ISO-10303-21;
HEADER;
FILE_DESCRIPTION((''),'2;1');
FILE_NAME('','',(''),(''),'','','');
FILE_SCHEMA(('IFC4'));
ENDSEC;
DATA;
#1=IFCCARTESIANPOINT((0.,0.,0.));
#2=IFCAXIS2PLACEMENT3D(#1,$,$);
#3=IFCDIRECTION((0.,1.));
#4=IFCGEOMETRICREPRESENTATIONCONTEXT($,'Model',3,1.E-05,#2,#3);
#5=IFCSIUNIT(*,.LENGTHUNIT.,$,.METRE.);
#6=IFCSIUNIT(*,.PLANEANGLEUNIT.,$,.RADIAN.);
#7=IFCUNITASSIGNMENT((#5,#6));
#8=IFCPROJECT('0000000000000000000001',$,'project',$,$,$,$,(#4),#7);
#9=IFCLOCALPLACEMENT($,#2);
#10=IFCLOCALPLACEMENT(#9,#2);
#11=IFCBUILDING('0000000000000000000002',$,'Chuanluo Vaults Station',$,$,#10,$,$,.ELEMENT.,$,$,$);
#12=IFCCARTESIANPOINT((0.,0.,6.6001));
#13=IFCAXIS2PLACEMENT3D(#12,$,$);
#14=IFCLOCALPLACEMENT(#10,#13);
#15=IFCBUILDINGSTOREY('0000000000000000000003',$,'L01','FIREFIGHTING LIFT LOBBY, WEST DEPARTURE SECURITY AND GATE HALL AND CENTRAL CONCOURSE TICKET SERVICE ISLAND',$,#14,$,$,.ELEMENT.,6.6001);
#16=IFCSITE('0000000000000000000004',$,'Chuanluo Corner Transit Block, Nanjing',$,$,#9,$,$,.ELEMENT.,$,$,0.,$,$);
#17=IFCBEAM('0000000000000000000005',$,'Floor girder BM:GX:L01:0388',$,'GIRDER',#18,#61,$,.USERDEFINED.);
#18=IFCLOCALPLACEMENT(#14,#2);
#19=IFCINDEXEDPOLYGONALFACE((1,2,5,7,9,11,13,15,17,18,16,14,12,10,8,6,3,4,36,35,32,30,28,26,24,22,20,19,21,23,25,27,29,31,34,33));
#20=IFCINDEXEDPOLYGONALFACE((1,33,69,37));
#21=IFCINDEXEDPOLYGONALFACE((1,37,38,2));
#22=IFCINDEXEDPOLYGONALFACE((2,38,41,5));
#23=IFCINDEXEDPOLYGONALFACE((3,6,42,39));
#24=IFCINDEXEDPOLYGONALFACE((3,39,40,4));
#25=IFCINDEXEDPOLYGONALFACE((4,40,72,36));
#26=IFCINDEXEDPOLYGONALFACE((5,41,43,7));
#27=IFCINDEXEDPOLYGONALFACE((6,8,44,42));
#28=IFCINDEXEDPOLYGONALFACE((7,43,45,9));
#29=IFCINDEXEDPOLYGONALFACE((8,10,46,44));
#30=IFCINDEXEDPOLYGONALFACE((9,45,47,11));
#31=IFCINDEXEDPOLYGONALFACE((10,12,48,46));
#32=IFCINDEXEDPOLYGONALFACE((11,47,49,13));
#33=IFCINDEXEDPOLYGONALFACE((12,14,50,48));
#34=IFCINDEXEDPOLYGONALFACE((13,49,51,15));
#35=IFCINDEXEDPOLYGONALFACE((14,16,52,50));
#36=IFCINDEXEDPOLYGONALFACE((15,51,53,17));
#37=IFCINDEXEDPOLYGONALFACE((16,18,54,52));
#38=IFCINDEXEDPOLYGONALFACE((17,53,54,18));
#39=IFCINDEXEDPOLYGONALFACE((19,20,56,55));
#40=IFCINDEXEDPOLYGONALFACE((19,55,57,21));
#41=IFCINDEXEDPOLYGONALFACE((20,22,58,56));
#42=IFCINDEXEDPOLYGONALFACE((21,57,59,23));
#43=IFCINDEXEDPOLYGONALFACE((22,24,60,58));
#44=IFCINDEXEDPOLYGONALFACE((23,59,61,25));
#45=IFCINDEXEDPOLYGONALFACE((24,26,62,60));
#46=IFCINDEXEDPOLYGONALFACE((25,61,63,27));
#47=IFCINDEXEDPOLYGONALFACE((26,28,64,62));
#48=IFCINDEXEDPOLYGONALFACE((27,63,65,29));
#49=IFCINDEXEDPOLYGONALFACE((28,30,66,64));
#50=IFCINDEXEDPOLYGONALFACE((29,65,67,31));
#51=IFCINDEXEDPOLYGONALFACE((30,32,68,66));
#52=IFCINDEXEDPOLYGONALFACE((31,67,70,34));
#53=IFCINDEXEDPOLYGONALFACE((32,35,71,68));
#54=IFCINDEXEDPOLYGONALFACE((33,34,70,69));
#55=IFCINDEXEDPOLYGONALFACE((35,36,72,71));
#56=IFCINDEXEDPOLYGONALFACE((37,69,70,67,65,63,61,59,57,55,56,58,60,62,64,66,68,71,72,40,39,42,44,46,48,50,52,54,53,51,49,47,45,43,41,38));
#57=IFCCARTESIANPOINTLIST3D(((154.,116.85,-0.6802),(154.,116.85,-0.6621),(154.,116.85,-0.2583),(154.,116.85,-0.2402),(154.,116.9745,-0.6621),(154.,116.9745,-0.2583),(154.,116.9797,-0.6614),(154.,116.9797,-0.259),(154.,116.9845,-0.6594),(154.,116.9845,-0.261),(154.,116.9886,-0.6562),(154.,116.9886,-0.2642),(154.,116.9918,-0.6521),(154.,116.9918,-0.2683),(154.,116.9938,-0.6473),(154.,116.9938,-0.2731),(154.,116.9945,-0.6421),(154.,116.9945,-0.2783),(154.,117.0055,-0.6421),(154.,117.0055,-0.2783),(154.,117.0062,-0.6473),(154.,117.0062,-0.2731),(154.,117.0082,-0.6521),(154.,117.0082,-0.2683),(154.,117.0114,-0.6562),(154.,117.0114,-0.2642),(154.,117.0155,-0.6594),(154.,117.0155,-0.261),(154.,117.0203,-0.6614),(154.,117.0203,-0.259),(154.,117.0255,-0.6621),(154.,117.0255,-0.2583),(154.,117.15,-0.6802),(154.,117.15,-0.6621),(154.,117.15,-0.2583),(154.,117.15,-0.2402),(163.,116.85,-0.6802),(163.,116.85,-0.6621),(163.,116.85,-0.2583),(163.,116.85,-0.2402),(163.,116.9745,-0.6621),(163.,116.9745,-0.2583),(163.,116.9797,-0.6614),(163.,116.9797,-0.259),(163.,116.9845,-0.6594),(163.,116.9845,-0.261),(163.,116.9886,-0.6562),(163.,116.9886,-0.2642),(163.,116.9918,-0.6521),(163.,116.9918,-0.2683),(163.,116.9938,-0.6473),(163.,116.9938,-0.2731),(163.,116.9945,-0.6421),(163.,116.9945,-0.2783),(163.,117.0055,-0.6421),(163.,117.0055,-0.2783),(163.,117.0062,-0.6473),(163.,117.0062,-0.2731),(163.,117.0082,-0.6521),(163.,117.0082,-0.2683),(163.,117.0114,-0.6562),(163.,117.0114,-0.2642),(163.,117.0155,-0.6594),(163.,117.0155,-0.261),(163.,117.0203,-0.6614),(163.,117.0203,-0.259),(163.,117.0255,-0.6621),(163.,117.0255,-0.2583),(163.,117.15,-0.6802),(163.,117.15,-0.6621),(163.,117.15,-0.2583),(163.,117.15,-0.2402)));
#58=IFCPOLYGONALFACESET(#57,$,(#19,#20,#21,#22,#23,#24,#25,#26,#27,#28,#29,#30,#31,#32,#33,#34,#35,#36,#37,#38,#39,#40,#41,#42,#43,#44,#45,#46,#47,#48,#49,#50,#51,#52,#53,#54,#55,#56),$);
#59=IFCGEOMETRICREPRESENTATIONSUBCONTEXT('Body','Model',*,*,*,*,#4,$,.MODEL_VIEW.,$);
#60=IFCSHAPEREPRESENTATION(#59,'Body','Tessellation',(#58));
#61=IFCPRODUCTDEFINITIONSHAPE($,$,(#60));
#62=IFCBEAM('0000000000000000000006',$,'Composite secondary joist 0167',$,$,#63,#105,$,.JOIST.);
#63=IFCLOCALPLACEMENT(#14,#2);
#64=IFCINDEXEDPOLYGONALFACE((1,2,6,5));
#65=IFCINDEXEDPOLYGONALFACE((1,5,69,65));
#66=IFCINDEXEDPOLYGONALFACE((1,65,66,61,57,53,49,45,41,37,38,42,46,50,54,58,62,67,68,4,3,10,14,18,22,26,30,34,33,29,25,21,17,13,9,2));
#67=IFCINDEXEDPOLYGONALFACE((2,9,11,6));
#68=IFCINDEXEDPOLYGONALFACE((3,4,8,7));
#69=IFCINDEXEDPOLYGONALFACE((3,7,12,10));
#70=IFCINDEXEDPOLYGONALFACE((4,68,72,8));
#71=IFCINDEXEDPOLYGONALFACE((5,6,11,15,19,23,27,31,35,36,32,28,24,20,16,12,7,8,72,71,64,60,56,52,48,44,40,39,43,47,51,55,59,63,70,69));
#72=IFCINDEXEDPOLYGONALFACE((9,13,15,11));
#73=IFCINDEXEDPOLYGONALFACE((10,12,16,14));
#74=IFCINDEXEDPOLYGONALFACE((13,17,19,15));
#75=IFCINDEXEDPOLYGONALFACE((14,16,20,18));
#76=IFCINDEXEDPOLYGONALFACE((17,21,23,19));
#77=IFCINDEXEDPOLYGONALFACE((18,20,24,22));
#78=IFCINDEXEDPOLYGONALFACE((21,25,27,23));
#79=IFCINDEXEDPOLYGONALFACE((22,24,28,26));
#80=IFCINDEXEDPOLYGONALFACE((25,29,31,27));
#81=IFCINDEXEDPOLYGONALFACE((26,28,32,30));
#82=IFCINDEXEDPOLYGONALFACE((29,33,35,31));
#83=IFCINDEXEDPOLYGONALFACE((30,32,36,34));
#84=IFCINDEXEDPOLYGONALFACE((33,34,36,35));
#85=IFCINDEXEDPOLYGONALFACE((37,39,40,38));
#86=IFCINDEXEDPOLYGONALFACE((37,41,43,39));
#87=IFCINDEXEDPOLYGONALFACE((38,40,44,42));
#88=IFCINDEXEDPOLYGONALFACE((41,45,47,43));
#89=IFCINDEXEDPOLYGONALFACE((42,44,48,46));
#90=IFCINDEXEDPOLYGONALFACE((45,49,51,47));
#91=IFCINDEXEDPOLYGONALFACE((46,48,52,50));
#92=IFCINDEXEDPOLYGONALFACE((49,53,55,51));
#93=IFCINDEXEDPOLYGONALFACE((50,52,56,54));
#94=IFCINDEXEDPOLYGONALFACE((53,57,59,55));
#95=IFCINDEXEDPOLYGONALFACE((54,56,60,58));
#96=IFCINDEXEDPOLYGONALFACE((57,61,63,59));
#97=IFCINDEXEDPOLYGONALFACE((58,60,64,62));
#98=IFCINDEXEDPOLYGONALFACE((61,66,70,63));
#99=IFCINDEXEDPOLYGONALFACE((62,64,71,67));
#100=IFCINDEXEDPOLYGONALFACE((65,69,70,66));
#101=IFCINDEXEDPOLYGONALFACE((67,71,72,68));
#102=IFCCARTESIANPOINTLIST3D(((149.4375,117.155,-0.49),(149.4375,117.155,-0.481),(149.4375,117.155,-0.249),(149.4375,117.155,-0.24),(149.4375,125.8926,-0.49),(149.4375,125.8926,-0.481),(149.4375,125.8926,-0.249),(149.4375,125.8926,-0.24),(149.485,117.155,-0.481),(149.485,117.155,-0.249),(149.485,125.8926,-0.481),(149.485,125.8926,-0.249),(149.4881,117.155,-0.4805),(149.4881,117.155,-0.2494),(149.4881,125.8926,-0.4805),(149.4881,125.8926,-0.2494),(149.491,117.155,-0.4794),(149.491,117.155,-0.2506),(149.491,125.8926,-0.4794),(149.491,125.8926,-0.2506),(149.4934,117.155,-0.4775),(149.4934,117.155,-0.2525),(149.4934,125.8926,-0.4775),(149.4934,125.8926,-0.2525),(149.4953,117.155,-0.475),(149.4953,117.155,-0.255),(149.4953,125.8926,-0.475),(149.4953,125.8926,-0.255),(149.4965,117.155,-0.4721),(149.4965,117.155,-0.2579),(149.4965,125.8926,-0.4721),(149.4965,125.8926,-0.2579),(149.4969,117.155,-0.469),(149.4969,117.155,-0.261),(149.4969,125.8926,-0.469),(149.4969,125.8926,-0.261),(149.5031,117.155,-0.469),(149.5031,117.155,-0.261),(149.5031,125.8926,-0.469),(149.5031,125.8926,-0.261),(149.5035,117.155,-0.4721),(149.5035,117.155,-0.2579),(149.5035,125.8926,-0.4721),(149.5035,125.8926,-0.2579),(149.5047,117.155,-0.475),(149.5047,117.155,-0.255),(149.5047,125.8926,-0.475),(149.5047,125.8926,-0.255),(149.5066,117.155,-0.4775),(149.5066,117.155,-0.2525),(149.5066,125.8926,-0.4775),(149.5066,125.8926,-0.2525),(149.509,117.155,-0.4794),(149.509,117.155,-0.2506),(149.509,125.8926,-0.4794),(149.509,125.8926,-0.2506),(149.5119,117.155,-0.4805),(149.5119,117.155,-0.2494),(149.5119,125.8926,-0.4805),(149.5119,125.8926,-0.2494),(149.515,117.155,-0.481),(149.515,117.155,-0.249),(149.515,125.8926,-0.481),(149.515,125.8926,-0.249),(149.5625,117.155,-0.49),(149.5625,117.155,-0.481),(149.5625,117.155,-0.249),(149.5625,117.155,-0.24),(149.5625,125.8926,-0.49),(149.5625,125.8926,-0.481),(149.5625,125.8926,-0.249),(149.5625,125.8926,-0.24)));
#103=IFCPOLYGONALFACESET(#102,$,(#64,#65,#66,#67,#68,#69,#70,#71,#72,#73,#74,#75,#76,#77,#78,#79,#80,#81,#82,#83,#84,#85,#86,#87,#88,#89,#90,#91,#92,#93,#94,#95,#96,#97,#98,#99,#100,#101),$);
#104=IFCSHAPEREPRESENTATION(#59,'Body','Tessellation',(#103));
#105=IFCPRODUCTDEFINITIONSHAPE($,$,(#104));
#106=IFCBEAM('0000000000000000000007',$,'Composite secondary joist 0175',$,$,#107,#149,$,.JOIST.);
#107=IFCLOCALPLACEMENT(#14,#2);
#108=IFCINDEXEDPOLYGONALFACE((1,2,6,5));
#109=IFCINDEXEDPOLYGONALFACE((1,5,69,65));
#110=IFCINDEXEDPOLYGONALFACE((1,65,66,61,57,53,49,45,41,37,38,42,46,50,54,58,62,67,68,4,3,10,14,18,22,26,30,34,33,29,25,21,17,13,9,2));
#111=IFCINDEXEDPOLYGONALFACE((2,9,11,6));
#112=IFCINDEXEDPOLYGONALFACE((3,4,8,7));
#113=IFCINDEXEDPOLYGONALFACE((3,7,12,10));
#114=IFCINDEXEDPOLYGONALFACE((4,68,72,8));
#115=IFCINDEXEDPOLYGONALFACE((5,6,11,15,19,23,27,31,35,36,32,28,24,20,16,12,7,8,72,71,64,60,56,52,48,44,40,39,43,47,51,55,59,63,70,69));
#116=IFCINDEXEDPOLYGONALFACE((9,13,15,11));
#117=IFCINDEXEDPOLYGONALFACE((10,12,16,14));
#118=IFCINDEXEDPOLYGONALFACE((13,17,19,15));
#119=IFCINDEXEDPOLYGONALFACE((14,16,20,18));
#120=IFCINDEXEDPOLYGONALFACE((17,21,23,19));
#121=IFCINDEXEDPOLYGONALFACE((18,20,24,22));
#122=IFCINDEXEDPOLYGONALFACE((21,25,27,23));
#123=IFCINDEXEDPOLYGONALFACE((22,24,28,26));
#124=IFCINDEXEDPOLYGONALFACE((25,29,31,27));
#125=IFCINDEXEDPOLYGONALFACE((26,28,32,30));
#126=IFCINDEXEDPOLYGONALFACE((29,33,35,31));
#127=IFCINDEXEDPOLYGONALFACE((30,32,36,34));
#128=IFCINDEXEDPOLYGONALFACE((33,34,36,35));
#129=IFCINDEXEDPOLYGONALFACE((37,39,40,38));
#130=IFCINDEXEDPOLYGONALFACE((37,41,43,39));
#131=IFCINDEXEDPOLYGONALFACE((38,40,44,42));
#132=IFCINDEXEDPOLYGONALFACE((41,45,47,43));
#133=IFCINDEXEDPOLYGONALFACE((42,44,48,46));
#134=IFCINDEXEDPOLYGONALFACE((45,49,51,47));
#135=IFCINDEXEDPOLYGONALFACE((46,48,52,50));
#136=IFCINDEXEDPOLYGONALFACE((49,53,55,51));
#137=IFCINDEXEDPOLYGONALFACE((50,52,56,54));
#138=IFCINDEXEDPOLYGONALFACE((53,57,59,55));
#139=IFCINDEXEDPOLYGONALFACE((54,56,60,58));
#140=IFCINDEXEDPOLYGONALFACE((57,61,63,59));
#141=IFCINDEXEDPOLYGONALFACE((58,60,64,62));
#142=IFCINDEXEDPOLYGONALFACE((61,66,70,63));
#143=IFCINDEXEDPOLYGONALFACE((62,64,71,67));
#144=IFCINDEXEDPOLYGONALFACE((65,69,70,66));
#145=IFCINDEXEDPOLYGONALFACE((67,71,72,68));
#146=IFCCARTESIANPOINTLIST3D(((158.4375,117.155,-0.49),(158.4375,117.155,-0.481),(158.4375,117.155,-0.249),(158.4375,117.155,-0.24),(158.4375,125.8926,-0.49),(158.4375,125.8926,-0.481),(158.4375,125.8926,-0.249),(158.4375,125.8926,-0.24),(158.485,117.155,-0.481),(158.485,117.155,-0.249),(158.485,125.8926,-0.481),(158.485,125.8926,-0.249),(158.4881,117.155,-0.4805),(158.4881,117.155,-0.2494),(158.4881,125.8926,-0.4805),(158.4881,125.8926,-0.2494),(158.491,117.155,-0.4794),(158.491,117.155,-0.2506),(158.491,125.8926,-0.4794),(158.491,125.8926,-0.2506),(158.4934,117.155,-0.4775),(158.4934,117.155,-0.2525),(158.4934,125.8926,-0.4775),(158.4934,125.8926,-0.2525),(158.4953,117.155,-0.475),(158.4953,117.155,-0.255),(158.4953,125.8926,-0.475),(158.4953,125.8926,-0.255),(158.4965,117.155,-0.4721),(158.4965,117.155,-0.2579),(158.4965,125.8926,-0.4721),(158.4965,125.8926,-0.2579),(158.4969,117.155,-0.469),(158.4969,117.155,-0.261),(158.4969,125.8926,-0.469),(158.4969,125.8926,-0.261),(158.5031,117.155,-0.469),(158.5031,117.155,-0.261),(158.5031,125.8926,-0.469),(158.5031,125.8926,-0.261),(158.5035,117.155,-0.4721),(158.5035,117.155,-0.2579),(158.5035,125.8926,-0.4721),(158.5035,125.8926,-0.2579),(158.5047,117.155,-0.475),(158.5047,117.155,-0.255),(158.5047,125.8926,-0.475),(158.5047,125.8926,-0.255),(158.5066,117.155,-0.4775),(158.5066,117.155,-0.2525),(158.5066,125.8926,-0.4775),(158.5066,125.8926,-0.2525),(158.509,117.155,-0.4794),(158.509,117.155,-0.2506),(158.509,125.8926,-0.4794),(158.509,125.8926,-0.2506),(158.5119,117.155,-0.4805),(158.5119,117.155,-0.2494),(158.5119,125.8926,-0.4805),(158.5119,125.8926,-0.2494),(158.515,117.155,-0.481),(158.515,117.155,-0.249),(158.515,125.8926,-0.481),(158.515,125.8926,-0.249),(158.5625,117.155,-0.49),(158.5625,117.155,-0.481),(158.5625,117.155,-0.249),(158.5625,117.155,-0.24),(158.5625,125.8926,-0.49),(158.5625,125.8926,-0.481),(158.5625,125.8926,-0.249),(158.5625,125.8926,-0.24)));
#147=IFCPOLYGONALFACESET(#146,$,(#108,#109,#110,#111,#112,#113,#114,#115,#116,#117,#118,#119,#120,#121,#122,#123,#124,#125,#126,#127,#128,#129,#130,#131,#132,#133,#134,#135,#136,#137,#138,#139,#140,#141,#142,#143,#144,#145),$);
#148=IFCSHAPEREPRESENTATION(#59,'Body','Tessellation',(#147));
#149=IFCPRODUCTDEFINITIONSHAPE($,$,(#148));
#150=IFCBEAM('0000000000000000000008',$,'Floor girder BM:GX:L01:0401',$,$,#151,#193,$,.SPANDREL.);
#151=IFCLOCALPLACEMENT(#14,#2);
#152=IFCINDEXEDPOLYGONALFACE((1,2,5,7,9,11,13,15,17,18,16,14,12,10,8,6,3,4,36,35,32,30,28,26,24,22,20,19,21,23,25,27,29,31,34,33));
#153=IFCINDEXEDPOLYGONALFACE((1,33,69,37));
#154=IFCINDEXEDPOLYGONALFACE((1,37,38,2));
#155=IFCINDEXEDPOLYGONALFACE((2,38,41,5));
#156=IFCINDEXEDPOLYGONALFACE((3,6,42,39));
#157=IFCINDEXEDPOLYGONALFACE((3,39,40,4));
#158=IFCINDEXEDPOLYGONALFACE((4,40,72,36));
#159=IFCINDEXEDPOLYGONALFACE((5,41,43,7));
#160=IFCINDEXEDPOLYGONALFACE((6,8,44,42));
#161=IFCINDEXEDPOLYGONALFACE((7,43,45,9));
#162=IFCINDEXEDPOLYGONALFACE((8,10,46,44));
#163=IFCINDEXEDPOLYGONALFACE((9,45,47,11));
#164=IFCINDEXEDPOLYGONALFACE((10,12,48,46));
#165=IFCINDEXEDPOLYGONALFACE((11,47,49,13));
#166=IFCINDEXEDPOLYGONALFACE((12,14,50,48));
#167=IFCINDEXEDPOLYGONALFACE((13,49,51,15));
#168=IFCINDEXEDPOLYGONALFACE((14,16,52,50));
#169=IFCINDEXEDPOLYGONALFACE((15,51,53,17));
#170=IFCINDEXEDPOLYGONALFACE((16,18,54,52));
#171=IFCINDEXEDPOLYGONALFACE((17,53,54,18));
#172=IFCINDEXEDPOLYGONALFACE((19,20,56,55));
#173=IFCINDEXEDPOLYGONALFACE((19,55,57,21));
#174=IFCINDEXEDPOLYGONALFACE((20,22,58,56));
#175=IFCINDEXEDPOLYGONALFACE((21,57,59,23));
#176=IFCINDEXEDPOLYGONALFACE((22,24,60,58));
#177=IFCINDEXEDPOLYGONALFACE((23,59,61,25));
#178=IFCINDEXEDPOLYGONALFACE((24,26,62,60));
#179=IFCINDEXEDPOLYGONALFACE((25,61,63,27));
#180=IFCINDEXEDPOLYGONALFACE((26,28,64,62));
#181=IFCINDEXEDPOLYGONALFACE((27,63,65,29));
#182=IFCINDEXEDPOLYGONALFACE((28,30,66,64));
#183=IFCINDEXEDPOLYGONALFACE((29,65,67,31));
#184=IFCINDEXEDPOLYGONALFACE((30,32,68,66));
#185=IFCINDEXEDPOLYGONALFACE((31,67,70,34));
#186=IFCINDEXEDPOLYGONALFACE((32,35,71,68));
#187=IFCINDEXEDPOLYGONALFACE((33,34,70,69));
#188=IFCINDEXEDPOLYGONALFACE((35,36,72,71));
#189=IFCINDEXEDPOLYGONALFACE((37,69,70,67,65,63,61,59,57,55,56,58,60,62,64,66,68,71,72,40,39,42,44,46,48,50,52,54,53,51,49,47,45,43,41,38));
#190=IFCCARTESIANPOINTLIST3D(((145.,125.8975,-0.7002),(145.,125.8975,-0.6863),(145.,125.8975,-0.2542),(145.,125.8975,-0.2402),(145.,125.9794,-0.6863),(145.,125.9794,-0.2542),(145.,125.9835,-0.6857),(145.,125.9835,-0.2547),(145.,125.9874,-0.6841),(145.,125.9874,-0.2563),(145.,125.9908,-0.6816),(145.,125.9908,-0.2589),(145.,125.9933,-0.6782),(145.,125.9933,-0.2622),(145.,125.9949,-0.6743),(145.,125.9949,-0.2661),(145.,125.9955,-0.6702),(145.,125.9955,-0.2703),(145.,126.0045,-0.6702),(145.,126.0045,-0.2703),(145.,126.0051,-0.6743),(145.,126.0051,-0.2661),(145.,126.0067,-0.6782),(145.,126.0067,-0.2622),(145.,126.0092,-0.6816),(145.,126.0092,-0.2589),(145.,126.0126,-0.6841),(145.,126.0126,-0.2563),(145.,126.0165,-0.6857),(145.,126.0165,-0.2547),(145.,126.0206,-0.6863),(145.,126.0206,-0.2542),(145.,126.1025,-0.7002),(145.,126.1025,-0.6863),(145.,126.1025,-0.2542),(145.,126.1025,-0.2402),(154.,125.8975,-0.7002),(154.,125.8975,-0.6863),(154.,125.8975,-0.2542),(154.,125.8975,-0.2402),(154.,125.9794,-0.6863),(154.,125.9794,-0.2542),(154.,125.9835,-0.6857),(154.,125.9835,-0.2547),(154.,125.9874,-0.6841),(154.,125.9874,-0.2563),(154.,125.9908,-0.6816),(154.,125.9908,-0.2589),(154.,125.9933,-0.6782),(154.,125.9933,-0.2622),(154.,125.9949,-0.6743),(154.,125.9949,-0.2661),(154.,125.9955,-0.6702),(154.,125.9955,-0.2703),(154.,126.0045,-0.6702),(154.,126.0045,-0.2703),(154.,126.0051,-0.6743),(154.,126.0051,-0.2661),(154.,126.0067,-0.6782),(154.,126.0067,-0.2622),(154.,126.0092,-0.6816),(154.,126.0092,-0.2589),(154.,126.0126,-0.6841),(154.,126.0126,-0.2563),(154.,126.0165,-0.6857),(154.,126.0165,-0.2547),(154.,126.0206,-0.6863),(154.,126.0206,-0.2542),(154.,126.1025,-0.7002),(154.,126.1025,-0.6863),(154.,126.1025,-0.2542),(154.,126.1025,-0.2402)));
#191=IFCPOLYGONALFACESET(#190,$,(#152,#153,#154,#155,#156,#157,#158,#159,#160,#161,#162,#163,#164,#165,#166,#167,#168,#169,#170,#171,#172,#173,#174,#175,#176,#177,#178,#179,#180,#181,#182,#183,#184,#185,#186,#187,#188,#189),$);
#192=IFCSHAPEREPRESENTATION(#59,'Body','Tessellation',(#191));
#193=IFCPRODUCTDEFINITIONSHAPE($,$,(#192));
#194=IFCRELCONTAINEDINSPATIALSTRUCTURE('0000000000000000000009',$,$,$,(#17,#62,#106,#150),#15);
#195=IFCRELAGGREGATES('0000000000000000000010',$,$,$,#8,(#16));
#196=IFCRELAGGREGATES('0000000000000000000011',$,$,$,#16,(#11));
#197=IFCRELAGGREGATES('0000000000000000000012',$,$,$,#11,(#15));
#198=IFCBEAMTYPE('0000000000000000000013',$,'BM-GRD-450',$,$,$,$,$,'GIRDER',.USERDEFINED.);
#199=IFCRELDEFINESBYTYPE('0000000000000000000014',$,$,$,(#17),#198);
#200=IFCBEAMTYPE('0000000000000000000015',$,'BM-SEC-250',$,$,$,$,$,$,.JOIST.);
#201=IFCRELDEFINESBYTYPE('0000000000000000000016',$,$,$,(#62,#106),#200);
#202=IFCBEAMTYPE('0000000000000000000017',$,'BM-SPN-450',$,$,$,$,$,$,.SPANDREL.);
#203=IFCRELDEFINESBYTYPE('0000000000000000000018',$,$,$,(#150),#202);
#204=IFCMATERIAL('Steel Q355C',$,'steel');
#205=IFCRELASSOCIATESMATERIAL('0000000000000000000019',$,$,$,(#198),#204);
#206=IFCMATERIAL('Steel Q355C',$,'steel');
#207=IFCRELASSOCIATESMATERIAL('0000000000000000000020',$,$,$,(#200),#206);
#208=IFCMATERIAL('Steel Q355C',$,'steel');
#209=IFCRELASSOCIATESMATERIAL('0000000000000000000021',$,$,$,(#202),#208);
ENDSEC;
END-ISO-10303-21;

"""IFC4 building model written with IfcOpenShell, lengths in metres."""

from ifc_helpers import new_model, si_unit, direction, frame, origin, origin_2d, place, context, subcontext, project, spatial, i_section, extrude, material, material_profile, profile_set, type_object, element, save


model = new_model("IFC4")

# Units and contexts
model_context = context("Model", 3, precision=1e-05, world=origin(), true_north=direction((0.0, 1.0)))
body_context = subcontext(model_context, "Body", "Model", "MODEL_VIEW")
ifc_project = project(units=[si_unit("LENGTHUNIT", "METRE"), si_unit("PLANEANGLEUNIT", "RADIAN")], contexts=[model_context])

# Site, building, storey
site_placement = place(None, origin())
site = spatial("IfcSite", under=ifc_project, at=site_placement, Name="Chuanluo Corner Transit Block, Nanjing", CompositionType="ELEMENT", RefElevation=0.0)
building_placement = place(site_placement, origin())
building = spatial("IfcBuilding", under=site, at=building_placement, Name="Chuanluo Vaults Station", CompositionType="ELEMENT")
storey_placement = place(building_placement, frame((0.0, 0.0, 6.6001)))
storey = spatial("IfcBuildingStorey", under=building, at=storey_placement, Name="L01", Description="FIREFIGHTING LIFT LOBBY, WEST DEPARTURE SECURITY AND GATE HALL AND CENTRAL CONCOURSE TICKET SERVICE ISLAND", CompositionType="ELEMENT", Elevation=6.6001)

# Beams
ifc_material_1 = material(Name="Steel Q355C", Category="steel")
ifc_material_profile_1 = material_profile(ifc_material_1, i_section(OverallWidth=0.3, OverallDepth=0.4399, WebThickness=0.011, FlangeThickness=0.0181, FilletRadius=0.02, at=origin_2d()))
ifc_profile_set_1 = profile_set([ifc_material_profile_1], Name="Steel Q355C")
beam_type_1 = type_object("IfcBeamType", Name="BM-GRD-450", ElementType="GIRDER", PredefinedType="USERDEFINED", material=ifc_profile_set_1)
for number, where, z_axis, x_axis, name in (
    (1, (154.0, 117.0, -0.4602), (1.0, 0.0, 0.0), (0.0, 1.0, 0.0), "Floor girder BM:GX:L01:0388"),
):
    element("IfcBeam", number, at=place(storey_placement, frame(where, z_axis=z_axis, x_axis=x_axis)), inside=storey, type_object=beam_type_1, Name=name, ObjectType="GIRDER", PredefinedType="USERDEFINED", context=body_context, shape_type="SweptSolid", body=[
        extrude(i_section(OverallWidth=0.3, OverallDepth=0.4399, WebThickness=0.011, FlangeThickness=0.0181, FilletRadius=0.02, at=origin_2d()), origin(), (0.0, 0.0, 1.0), 9.0),
    ])
ifc_material_2 = material(Name="Steel Q355C", Category="steel")
ifc_material_profile_2 = material_profile(ifc_material_2, i_section(OverallWidth=0.125, OverallDepth=0.25, WebThickness=0.0061, FlangeThickness=0.009, FilletRadius=0.012, at=origin_2d()))
ifc_profile_set_2 = profile_set([ifc_material_profile_2], Name="Steel Q355C")
beam_type_2 = type_object("IfcBeamType", Name="BM-SEC-250", PredefinedType="JOIST", material=ifc_profile_set_2)
for number, where, z_axis, x_axis, name in (
    (2, (149.5, 117.155, -0.365), (0.0, 1.0, 0.0), (-1.0, 0.0, 0.0), "Composite secondary joist 0167"),
    (3, (158.5, 117.155, -0.365), (0.0, 1.0, 0.0), (-1.0, 0.0, 0.0), "Composite secondary joist 0175"),
):
    element("IfcBeam", number, at=place(storey_placement, frame(where, z_axis=z_axis, x_axis=x_axis)), inside=storey, type_object=beam_type_2, Name=name, PredefinedType="JOIST", context=body_context, shape_type="SweptSolid", body=[
        extrude(i_section(OverallWidth=0.125, OverallDepth=0.25, WebThickness=0.0061, FlangeThickness=0.009, FilletRadius=0.012, at=origin_2d()), origin(), (0.0, 0.0, 1.0), 8.7375),
    ])
ifc_material_3 = material(Name="Steel Q355C", Category="steel")
ifc_material_profile_3 = material_profile(ifc_material_3, i_section(OverallWidth=0.2051, OverallDepth=0.46, WebThickness=0.009, FlangeThickness=0.0139, FilletRadius=0.0161, at=origin_2d()))
ifc_profile_set_3 = profile_set([ifc_material_profile_3], Name="Steel Q355C")
beam_type_3 = type_object("IfcBeamType", Name="BM-SPN-450", PredefinedType="SPANDREL", material=ifc_profile_set_3)
beam_placement = place(storey_placement, frame((145.0, 126.0, -0.4702), z_axis=(1.0, 0.0, 0.0), x_axis=(0.0, 1.0, 0.0)))
element("IfcBeam", 4, at=beam_placement, inside=storey, type_object=beam_type_3, Name="Floor girder BM:GX:L01:0401", PredefinedType="SPANDREL", context=body_context, shape_type="SweptSolid", body=[
    extrude(i_section(OverallWidth=0.2051, OverallDepth=0.46, WebThickness=0.009, FlangeThickness=0.0139, FilletRadius=0.0161, at=origin_2d()), origin(), (0.0, 0.0, 1.0), 9.0),
])

save(model, "model.ifc")
